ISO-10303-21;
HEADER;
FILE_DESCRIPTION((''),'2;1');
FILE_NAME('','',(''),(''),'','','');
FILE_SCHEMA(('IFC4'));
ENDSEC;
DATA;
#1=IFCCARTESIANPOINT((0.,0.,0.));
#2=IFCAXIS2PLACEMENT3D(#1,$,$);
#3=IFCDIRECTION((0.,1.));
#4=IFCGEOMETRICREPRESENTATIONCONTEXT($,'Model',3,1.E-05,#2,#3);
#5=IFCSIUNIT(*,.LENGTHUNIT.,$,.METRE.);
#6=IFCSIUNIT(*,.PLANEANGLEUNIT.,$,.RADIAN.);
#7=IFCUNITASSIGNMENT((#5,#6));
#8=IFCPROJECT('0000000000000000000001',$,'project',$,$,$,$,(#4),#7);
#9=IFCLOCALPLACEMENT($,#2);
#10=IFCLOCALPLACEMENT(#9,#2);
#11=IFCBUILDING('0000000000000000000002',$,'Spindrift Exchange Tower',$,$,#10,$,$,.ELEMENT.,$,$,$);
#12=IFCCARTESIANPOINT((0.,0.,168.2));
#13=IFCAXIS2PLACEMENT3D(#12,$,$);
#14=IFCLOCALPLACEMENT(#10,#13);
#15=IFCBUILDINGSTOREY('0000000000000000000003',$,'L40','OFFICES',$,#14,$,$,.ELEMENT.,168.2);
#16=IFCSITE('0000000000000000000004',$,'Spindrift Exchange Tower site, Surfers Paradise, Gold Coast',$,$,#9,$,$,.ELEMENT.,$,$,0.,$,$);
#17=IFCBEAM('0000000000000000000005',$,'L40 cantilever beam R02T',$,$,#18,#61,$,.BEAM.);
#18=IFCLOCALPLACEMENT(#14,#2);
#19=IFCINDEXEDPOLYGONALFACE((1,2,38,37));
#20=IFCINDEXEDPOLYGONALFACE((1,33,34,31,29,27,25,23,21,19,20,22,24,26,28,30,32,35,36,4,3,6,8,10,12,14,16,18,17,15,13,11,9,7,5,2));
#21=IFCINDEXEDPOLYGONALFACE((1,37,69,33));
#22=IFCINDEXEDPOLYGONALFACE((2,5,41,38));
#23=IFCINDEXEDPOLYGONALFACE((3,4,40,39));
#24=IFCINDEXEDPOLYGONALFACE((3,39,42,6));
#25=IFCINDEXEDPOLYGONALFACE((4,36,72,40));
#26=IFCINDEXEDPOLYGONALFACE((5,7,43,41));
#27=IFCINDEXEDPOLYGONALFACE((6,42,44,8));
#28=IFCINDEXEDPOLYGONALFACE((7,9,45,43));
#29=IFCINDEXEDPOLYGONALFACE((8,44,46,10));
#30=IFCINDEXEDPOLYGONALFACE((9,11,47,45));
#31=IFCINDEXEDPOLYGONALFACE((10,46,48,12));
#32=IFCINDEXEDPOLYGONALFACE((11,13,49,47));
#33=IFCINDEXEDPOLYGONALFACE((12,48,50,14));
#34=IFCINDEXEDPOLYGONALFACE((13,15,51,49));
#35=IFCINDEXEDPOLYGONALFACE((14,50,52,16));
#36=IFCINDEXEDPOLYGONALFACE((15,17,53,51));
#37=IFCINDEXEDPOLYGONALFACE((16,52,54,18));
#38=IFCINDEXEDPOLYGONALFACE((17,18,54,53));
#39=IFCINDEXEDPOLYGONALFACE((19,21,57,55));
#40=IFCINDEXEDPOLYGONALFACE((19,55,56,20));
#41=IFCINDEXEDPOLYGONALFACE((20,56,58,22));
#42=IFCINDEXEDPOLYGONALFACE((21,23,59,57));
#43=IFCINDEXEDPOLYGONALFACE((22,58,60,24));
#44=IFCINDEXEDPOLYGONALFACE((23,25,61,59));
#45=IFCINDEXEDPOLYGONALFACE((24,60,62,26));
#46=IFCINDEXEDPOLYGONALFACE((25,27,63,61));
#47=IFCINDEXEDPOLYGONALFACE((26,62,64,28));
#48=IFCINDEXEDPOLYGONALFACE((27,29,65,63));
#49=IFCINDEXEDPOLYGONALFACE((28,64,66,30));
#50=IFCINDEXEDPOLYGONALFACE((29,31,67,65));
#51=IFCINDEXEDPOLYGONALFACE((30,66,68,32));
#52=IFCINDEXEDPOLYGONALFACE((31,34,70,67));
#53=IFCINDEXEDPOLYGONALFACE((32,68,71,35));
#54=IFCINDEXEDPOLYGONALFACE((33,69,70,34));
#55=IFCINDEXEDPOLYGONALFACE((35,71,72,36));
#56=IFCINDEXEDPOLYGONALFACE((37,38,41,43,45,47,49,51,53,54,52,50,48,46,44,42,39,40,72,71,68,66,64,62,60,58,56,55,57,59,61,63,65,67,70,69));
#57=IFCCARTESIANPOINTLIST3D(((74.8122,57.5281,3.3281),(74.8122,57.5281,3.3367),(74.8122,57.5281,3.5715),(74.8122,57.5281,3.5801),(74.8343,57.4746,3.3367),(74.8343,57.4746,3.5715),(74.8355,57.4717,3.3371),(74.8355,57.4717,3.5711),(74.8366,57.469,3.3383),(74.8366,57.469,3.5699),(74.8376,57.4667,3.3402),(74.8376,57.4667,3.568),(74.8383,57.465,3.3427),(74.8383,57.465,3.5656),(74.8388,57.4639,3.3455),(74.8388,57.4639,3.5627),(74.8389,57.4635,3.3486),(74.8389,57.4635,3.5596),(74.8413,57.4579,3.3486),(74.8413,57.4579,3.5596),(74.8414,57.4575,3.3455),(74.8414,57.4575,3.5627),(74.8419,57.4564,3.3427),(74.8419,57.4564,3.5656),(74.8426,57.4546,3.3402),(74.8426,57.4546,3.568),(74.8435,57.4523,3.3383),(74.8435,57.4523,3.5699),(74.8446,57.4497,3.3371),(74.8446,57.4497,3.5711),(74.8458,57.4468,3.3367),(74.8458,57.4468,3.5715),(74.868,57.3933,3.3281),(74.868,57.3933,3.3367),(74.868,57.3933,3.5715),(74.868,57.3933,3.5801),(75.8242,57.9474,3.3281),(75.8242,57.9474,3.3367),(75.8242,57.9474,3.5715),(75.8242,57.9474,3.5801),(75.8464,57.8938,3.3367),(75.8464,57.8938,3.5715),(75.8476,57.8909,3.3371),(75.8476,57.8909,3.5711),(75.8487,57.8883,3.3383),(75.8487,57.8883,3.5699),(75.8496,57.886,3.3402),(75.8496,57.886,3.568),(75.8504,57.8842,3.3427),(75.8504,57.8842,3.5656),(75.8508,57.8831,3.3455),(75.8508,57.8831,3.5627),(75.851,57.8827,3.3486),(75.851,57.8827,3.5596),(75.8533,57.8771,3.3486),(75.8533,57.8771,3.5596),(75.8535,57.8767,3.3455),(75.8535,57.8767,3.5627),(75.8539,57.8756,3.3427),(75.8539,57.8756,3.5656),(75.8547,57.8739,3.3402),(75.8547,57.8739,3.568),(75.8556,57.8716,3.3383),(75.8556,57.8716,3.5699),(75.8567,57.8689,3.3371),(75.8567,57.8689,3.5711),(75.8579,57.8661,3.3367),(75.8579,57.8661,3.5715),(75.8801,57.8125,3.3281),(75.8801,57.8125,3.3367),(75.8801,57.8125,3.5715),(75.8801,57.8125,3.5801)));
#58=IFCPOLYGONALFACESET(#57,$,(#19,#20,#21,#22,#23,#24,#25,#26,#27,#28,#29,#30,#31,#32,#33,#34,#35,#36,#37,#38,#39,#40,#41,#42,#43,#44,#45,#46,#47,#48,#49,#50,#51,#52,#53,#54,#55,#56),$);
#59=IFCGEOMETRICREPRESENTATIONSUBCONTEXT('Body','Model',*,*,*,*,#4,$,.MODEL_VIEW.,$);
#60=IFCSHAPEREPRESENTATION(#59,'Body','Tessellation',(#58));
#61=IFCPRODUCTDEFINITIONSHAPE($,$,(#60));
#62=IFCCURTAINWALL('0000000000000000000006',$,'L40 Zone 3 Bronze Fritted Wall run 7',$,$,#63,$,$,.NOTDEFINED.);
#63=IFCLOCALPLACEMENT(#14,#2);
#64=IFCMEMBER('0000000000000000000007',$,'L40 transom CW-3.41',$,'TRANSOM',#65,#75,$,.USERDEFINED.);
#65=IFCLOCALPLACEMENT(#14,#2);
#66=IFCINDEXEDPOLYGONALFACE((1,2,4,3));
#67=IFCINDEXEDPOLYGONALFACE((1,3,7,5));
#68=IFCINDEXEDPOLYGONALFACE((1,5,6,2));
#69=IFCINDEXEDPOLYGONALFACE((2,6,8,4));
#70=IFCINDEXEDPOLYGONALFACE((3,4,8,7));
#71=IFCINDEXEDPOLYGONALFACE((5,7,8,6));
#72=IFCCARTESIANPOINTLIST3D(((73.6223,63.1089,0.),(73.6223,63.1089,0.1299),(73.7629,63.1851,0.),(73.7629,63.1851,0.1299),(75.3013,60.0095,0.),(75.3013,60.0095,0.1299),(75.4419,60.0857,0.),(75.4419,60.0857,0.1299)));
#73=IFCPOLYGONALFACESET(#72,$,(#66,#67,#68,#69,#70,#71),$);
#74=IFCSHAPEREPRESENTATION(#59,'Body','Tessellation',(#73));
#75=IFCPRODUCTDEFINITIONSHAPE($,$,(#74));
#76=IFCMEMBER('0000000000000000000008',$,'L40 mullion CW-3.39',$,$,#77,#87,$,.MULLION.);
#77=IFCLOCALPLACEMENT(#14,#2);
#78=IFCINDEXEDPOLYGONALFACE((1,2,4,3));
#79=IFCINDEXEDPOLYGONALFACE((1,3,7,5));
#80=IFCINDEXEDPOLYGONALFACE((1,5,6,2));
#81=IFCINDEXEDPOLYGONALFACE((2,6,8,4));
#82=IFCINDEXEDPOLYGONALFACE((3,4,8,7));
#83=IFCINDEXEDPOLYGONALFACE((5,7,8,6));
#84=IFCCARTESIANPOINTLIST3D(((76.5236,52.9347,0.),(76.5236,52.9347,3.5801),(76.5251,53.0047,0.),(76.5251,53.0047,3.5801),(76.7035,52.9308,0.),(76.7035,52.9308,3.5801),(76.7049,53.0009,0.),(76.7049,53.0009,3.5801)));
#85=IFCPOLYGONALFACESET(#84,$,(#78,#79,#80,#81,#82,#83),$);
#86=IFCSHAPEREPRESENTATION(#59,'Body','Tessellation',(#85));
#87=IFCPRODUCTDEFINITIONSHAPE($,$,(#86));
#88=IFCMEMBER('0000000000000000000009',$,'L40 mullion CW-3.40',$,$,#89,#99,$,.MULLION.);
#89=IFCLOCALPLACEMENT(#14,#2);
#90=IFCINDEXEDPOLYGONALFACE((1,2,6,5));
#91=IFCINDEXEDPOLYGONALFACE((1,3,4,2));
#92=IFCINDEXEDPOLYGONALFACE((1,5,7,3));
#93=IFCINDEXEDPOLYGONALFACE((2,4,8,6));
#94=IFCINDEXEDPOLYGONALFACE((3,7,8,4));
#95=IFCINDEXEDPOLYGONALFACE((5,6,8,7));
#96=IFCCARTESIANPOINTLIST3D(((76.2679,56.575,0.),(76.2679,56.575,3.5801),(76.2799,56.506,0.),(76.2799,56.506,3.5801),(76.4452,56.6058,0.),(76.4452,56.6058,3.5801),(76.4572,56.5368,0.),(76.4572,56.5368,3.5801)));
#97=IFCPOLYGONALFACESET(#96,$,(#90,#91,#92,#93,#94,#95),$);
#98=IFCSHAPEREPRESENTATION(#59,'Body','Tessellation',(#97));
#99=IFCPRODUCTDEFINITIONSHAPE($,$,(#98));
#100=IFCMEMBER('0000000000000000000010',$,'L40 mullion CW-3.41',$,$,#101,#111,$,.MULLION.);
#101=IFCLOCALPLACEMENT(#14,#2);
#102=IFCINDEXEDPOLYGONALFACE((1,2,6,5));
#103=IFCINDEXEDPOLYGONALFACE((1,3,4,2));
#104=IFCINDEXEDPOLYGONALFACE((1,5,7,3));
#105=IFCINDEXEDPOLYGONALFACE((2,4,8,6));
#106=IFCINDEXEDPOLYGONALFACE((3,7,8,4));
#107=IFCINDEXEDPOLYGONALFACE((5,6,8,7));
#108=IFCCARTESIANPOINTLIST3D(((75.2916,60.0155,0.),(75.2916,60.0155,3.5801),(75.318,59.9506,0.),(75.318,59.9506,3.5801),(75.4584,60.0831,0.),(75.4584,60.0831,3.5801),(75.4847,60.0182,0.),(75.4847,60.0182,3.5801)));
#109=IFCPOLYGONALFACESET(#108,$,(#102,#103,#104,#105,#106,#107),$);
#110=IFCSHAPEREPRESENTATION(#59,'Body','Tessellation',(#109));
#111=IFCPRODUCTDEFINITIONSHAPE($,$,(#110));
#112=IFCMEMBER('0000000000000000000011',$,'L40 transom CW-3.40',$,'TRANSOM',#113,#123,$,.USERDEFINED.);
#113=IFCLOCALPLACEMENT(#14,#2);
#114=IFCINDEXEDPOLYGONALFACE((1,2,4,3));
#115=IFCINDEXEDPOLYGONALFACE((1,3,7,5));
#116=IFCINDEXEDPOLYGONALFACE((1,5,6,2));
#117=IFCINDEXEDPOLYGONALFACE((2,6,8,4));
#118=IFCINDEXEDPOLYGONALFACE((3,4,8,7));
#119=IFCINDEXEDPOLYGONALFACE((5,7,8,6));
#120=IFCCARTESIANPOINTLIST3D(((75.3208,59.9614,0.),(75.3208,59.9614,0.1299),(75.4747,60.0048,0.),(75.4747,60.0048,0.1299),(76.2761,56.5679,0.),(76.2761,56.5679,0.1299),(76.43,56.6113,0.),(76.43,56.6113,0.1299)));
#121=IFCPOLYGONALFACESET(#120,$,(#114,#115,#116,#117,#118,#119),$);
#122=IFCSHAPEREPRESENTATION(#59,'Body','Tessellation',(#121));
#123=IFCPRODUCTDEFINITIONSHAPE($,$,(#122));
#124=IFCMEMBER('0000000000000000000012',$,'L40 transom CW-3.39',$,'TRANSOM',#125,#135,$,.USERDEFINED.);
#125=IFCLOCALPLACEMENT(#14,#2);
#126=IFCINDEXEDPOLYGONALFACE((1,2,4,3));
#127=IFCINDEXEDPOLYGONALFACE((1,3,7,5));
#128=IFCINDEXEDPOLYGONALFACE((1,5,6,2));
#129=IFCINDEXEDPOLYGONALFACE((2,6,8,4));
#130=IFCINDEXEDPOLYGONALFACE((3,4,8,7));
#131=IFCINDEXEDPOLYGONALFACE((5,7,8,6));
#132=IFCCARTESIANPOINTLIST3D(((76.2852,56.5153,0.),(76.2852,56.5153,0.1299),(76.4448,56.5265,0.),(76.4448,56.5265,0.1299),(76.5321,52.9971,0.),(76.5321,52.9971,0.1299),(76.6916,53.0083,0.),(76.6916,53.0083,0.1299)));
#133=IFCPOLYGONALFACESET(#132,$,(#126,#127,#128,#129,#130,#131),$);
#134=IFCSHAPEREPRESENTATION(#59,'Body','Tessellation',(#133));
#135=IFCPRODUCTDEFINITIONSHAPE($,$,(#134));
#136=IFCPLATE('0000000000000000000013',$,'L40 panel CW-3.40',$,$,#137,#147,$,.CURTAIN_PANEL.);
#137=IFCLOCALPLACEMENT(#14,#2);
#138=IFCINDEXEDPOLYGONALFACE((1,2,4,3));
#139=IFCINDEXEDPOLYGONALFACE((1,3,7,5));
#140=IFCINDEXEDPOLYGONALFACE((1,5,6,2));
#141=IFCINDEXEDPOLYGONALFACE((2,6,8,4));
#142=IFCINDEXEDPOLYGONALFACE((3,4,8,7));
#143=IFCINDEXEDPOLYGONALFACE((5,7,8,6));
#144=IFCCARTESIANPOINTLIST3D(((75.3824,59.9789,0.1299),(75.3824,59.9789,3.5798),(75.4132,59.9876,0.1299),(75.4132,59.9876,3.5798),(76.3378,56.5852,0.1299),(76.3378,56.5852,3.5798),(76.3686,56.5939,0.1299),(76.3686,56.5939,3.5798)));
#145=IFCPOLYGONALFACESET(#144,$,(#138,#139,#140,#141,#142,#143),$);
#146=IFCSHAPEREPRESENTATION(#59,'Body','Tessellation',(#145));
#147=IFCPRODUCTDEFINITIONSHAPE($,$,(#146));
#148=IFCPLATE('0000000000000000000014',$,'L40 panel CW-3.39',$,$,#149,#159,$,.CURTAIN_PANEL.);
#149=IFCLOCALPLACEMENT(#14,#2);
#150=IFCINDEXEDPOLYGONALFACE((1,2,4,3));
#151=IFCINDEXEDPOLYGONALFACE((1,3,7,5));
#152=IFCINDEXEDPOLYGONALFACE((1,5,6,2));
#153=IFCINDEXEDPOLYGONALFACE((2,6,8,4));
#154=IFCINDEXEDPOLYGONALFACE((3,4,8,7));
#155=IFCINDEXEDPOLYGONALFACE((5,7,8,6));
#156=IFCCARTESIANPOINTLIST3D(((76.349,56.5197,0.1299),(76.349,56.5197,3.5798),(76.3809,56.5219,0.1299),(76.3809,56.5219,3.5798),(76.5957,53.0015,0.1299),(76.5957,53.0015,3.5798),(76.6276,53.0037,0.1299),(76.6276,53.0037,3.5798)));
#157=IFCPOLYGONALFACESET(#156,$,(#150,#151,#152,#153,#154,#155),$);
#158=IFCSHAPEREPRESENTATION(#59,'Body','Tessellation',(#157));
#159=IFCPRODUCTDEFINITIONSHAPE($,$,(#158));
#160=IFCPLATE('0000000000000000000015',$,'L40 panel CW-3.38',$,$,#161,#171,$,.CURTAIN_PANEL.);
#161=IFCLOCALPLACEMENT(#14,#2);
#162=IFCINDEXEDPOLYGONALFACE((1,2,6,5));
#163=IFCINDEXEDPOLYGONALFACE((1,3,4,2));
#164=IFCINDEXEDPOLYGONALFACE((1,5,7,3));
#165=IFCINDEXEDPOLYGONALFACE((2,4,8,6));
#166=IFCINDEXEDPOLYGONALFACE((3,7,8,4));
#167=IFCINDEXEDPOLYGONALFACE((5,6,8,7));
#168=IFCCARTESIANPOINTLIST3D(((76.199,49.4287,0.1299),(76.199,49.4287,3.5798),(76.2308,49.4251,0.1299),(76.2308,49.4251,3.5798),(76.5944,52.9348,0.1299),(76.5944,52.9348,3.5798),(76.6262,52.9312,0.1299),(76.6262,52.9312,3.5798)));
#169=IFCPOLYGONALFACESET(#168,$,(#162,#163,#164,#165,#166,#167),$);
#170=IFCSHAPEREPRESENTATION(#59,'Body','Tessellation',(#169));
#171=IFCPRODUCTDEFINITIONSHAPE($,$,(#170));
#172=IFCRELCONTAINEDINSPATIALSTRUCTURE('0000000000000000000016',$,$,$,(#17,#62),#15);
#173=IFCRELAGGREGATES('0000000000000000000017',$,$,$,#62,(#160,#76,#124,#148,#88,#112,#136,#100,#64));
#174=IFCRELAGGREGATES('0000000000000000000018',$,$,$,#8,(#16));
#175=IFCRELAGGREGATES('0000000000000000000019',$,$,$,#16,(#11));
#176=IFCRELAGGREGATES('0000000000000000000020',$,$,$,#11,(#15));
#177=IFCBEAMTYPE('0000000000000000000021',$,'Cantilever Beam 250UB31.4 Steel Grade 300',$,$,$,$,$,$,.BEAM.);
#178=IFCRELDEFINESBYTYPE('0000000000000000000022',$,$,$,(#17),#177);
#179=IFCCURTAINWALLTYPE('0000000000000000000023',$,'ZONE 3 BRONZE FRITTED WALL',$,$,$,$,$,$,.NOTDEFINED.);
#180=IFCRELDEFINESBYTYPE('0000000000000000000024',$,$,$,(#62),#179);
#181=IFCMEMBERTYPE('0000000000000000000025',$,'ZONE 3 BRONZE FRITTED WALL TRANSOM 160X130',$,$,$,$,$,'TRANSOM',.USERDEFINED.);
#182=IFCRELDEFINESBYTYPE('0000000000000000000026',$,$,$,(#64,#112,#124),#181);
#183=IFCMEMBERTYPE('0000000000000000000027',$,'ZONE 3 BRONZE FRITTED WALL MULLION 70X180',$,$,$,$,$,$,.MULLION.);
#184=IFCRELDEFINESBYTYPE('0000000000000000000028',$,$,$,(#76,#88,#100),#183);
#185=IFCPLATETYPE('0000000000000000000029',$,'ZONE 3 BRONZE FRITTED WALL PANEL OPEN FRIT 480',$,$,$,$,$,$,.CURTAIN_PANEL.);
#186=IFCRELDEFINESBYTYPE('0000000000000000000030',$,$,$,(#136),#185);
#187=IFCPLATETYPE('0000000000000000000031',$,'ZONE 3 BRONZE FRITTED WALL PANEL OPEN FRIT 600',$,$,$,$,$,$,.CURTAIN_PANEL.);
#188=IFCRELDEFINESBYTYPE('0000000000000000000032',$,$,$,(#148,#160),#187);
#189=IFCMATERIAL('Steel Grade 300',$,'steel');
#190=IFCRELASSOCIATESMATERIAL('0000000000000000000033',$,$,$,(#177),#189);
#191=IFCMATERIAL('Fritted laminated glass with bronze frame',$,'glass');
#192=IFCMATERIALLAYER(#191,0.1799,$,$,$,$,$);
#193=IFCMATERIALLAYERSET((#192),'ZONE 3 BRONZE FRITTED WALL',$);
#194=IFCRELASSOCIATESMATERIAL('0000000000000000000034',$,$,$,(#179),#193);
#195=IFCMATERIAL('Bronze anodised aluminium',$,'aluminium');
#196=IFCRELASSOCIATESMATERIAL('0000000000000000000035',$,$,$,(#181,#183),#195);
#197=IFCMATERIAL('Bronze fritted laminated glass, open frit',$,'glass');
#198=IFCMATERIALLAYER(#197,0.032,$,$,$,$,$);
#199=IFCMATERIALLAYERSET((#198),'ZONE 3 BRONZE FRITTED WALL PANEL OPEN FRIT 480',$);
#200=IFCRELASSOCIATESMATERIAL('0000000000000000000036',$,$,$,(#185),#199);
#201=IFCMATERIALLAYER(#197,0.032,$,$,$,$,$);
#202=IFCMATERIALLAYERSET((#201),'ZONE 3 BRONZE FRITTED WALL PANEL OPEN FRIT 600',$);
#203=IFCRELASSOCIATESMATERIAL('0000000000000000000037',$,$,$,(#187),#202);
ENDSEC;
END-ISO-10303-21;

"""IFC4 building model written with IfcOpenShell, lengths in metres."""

from ifc_helpers import new_model, si_unit, direction, frame, origin, origin_2d, place, context, subcontext, project, spatial, rectangle, i_section, extrude, source, transform, mapped, material, layer, layer_set, material_profile, profile_set, type_object, element, aggregate, save


model = new_model("IFC4")

# Units and contexts
model_context = context("Model", 3, precision=1e-05, world=origin(), true_north=direction((0.0, 1.0)))
body_context = subcontext(model_context, "Body", "Model", "MODEL_VIEW")
ifc_project = project(units=[si_unit("LENGTHUNIT", "METRE"), si_unit("PLANEANGLEUNIT", "RADIAN")], contexts=[model_context])

# Site, building, storey
site_placement = place(None, origin())
site = spatial("IfcSite", under=ifc_project, at=site_placement, Name="Spindrift Exchange Tower site, Surfers Paradise, Gold Coast", CompositionType="ELEMENT", RefElevation=0.0)
building_placement = place(site_placement, origin())
building = spatial("IfcBuilding", under=site, at=building_placement, Name="Spindrift Exchange Tower", CompositionType="ELEMENT")
storey_placement = place(building_placement, frame((0.0, 0.0, 168.2)))
storey = spatial("IfcBuildingStorey", under=building, at=storey_placement, Name="L40", Description="OFFICES", CompositionType="ELEMENT", Elevation=168.2)

# Beam
ifc_material_1 = material(Name="Steel Grade 300", Category="steel")
ifc_material_profile_1 = material_profile(ifc_material_1, i_section(OverallWidth=0.146, OverallDepth=0.252, WebThickness=0.0061, FlangeThickness=0.0085, FilletRadius=0.012, at=origin_2d()), Name="250UB31.4")
ifc_profile_set_1 = profile_set([ifc_material_profile_1], Name="Steel Grade 300")
beam_type_1 = type_object("IfcBeamType", Name="Cantilever Beam 250UB31.4 Steel Grade 300", PredefinedType="BEAM", material=ifc_profile_set_1)
shared_shape_1 = source(origin(), body_context, "Body", "SweptSolid", [
    extrude(i_section(OverallWidth=0.146, OverallDepth=0.252, WebThickness=0.0061, FlangeThickness=0.0085, FilletRadius=0.012, at=origin_2d()), origin(), (0.0, 0.0, 1.0), 1.0955),
])
beam_1_placement = place(storey_placement, frame((74.8401, 57.4607, 3.4541), z_axis=(0.923873, 0.3827, 0.0), x_axis=(-0.3827, 0.923873, 0.0)))
element("IfcBeam", 1, at=beam_1_placement, inside=storey, type_object=beam_type_1, Name="L40 cantilever beam R02T", PredefinedType="BEAM", context=body_context, shape_type="MappedRepresentation", body=[
    mapped(shared_shape_1, transform((0.0, 0.0, 0.0), scale=1.0)),
])

# Curtain wall, members, plates
ifc_material_2 = material(Name="Fritted laminated glass with bronze frame", Category="glass")
ifc_layer_1 = layer(ifc_material_2, 0.1799)
ifc_layer_set_1 = layer_set([ifc_layer_1], Name="ZONE 3 BRONZE FRITTED WALL")
curtain_wall_type = type_object("IfcCurtainWallType", Name="ZONE 3 BRONZE FRITTED WALL", PredefinedType="NOTDEFINED", material=ifc_layer_set_1)
curtain_wall_placement = place(storey_placement, origin())
curtain_wall = element("IfcCurtainWall", 2, at=curtain_wall_placement, inside=storey, type_object=curtain_wall_type, Name="L40 Zone 3 Bronze Fritted Wall run 7", PredefinedType="NOTDEFINED")
ifc_material_3 = material(Name="Bronze anodised aluminium", Category="aluminium")
ifc_material_profile_2 = material_profile(ifc_material_3, rectangle(XDim=0.1599, YDim=0.1299, at=origin_2d()), Name="ZONE 3 BRONZE FRITTED WALL TRANSOM 160X130")
ifc_profile_set_2 = profile_set([ifc_material_profile_2], Name="Bronze anodised aluminium")
member_type_1 = type_object("IfcMemberType", Name="ZONE 3 BRONZE FRITTED WALL TRANSOM 160X130", ElementType="TRANSOM", PredefinedType="USERDEFINED", material=ifc_profile_set_2)
shared_shape_2 = source(origin(), body_context, "Body", "SweptSolid", [
    extrude(rectangle(XDim=0.1599, YDim=0.1299, at=origin_2d()), origin(), (0.0, 0.0, 1.0), 3.5249),
])
member_1_placement = place(storey_placement, frame((75.3716, 60.0476, 0.0649), z_axis=(-0.476312, 0.879276, 0.0), x_axis=(-0.879276, -0.476312, 0.0)))
member_1 = element("IfcMember", 3, at=member_1_placement, type_object=member_type_1, Name="L40 transom CW-3.41", ObjectType="TRANSOM", PredefinedType="USERDEFINED", context=body_context, shape_type="MappedRepresentation", body=[
    mapped(shared_shape_2, transform((0.0, 0.0, 0.0), scale=1.0)),
])
ifc_material_profile_3 = material_profile(ifc_material_3, rectangle(XDim=0.0701, YDim=0.1799, at=origin_2d()), Name="ZONE 3 BRONZE FRITTED WALL MULLION 70X180")
ifc_profile_set_3 = profile_set([ifc_material_profile_3], Name="Bronze anodised aluminium")
member_type_2 = type_object("IfcMemberType", Name="ZONE 3 BRONZE FRITTED WALL MULLION 70X180", PredefinedType="MULLION", material=ifc_profile_set_3)
shared_shape_3 = source(origin(), body_context, "Body", "SweptSolid", [
    extrude(rectangle(XDim=0.0701, YDim=0.1799, at=origin_2d()), origin(), (0.0, 0.0, 1.0), 3.5801),
])
member_2_placement = place(storey_placement, frame((76.6143, 52.9678, 0.0), z_axis=(0.0, 0.0, 1.0), x_axis=(0.021156, 0.999776, 0.0)))
member_2 = element("IfcMember", 4, at=member_2_placement, type_object=member_type_2, Name="L40 mullion CW-3.39", PredefinedType="MULLION", context=body_context, shape_type="MappedRepresentation", body=[
    mapped(shared_shape_3, transform((0.0, 0.0, 0.0), scale=1.0)),
])
member_3_placement = place(storey_placement, frame((76.3625, 56.5559, 0.0), z_axis=(0.0, 0.0, 1.0), x_axis=(-0.171366, 0.985207, 0.0)))
member_3 = element("IfcMember", 5, at=member_3_placement, type_object=member_type_2, Name="L40 mullion CW-3.40", PredefinedType="MULLION", context=body_context, shape_type="MappedRepresentation", body=[
    mapped(shared_shape_3, transform((0.0, 0.0, 0.0), scale=1.0)),
])
member_4_placement = place(storey_placement, frame((75.3882, 60.0168, 0.0), z_axis=(0.0, 0.0, 1.0), x_axis=(-0.375964, 0.926634, 0.0)))
member_4 = element("IfcMember", 6, at=member_4_placement, type_object=member_type_2, Name="L40 mullion CW-3.41", PredefinedType="MULLION", context=body_context, shape_type="MappedRepresentation", body=[
    mapped(shared_shape_3, transform((0.0, 0.0, 0.0), scale=1.0)),
])
shared_shape_4 = source(origin(), body_context, "Body", "SweptSolid", [
    extrude(rectangle(XDim=0.1599, YDim=0.1299, at=origin_2d()), origin(), (0.0, 0.0, 1.0), 3.5254),
])
member_5_placement = place(storey_placement, frame((76.353, 56.5896, 0.0649), z_axis=(-0.270978, 0.962585, 0.0), x_axis=(-0.962585, -0.270978, 0.0)))
member_5 = element("IfcMember", 7, at=member_5_placement, type_object=member_type_1, Name="L40 transom CW-3.40", ObjectType="TRANSOM", PredefinedType="USERDEFINED", context=body_context, shape_type="MappedRepresentation", body=[
    mapped(shared_shape_4, transform((0.0, 0.0, 0.0), scale=1.0)),
])
shared_shape_5 = source(origin(), body_context, "Body", "SweptSolid", [
    extrude(rectangle(XDim=0.1599, YDim=0.1299, at=origin_2d()), origin(), (0.0, 0.0, 1.0), 3.5269),
])
member_6_placement = place(storey_placement, frame((76.6118, 53.0027, 0.0649), z_axis=(-0.069983, 0.997548, 0.0), x_axis=(-0.997548, -0.069983, 0.0)))
member_6 = element("IfcMember", 8, at=member_6_placement, type_object=member_type_1, Name="L40 transom CW-3.39", ObjectType="TRANSOM", PredefinedType="USERDEFINED", context=body_context, shape_type="MappedRepresentation", body=[
    mapped(shared_shape_5, transform((0.0, 0.0, 0.0), scale=1.0)),
])
ifc_material_4 = material(Name="Bronze fritted laminated glass, open frit", Category="glass")
ifc_layer_2 = layer(ifc_material_4, 0.032)
ifc_layer_set_2 = layer_set([ifc_layer_2], Name="ZONE 3 BRONZE FRITTED WALL PANEL OPEN FRIT 480")
plate_type_1 = type_object("IfcPlateType", Name="ZONE 3 BRONZE FRITTED WALL PANEL OPEN FRIT 480", PredefinedType="CURTAIN_PANEL", material=ifc_layer_set_2)
shared_shape_6 = source(origin(), body_context, "Body", "SweptSolid", [
    extrude(rectangle(XDim=3.5256, YDim=0.032, at=origin_2d()), origin(), (0.0, 0.0, 1.0), 3.45),
])
plate_1_placement = place(storey_placement, frame((75.8755, 58.2864, 0.1299), z_axis=(0.0, 0.0, 1.0), x_axis=(-0.270995, 0.962581, 0.0)))
plate_1 = element("IfcPlate", 9, at=plate_1_placement, type_object=plate_type_1, Name="L40 panel CW-3.40", PredefinedType="CURTAIN_PANEL", context=body_context, shape_type="MappedRepresentation", body=[
    mapped(shared_shape_6, transform((0.0, 0.0, 0.0), scale=1.0)),
])
ifc_layer_3 = layer(ifc_material_4, 0.032)
ifc_layer_set_3 = layer_set([ifc_layer_3], Name="ZONE 3 BRONZE FRITTED WALL PANEL OPEN FRIT 600")
plate_type_2 = type_object("IfcPlateType", Name="ZONE 3 BRONZE FRITTED WALL PANEL OPEN FRIT 600", PredefinedType="CURTAIN_PANEL", material=ifc_layer_set_3)
shared_shape_7 = source(origin(), body_context, "Body", "SweptSolid", [
    extrude(rectangle(XDim=3.5269, YDim=0.032, at=origin_2d()), origin(), (0.0, 0.0, 1.0), 3.45),
])
plate_2_placement = place(storey_placement, frame((76.4883, 54.7617, 0.1299), z_axis=(0.0, 0.0, 1.0), x_axis=(-0.06995, 0.997551, 0.0)))
plate_2 = element("IfcPlate", 10, at=plate_2_placement, type_object=plate_type_2, Name="L40 panel CW-3.39", PredefinedType="CURTAIN_PANEL", context=body_context, shape_type="MappedRepresentation", body=[
    mapped(shared_shape_7, transform((0.0, 0.0, 0.0), scale=1.0)),
])
shared_shape_8 = source(origin(), body_context, "Body", "SweptSolid", [
    extrude(rectangle(XDim=3.5283, YDim=0.032, at=origin_2d()), origin(), (0.0, 0.0, 1.0), 3.45),
])
plate_3_placement = place(storey_placement, frame((76.4126, 51.1799, 0.1299), z_axis=(0.0, 0.0, 1.0), x_axis=(0.112085, 0.993699, 0.0)))
plate_3 = element("IfcPlate", 11, at=plate_3_placement, type_object=plate_type_2, Name="L40 panel CW-3.38", PredefinedType="CURTAIN_PANEL", context=body_context, shape_type="MappedRepresentation", body=[
    mapped(shared_shape_8, transform((0.0, 0.0, 0.0), scale=1.0)),
])
aggregate(curtain_wall, [plate_3, member_2, member_6, plate_2, member_3, member_5, plate_1, member_4, member_1])

save(model, "model.ifc")
